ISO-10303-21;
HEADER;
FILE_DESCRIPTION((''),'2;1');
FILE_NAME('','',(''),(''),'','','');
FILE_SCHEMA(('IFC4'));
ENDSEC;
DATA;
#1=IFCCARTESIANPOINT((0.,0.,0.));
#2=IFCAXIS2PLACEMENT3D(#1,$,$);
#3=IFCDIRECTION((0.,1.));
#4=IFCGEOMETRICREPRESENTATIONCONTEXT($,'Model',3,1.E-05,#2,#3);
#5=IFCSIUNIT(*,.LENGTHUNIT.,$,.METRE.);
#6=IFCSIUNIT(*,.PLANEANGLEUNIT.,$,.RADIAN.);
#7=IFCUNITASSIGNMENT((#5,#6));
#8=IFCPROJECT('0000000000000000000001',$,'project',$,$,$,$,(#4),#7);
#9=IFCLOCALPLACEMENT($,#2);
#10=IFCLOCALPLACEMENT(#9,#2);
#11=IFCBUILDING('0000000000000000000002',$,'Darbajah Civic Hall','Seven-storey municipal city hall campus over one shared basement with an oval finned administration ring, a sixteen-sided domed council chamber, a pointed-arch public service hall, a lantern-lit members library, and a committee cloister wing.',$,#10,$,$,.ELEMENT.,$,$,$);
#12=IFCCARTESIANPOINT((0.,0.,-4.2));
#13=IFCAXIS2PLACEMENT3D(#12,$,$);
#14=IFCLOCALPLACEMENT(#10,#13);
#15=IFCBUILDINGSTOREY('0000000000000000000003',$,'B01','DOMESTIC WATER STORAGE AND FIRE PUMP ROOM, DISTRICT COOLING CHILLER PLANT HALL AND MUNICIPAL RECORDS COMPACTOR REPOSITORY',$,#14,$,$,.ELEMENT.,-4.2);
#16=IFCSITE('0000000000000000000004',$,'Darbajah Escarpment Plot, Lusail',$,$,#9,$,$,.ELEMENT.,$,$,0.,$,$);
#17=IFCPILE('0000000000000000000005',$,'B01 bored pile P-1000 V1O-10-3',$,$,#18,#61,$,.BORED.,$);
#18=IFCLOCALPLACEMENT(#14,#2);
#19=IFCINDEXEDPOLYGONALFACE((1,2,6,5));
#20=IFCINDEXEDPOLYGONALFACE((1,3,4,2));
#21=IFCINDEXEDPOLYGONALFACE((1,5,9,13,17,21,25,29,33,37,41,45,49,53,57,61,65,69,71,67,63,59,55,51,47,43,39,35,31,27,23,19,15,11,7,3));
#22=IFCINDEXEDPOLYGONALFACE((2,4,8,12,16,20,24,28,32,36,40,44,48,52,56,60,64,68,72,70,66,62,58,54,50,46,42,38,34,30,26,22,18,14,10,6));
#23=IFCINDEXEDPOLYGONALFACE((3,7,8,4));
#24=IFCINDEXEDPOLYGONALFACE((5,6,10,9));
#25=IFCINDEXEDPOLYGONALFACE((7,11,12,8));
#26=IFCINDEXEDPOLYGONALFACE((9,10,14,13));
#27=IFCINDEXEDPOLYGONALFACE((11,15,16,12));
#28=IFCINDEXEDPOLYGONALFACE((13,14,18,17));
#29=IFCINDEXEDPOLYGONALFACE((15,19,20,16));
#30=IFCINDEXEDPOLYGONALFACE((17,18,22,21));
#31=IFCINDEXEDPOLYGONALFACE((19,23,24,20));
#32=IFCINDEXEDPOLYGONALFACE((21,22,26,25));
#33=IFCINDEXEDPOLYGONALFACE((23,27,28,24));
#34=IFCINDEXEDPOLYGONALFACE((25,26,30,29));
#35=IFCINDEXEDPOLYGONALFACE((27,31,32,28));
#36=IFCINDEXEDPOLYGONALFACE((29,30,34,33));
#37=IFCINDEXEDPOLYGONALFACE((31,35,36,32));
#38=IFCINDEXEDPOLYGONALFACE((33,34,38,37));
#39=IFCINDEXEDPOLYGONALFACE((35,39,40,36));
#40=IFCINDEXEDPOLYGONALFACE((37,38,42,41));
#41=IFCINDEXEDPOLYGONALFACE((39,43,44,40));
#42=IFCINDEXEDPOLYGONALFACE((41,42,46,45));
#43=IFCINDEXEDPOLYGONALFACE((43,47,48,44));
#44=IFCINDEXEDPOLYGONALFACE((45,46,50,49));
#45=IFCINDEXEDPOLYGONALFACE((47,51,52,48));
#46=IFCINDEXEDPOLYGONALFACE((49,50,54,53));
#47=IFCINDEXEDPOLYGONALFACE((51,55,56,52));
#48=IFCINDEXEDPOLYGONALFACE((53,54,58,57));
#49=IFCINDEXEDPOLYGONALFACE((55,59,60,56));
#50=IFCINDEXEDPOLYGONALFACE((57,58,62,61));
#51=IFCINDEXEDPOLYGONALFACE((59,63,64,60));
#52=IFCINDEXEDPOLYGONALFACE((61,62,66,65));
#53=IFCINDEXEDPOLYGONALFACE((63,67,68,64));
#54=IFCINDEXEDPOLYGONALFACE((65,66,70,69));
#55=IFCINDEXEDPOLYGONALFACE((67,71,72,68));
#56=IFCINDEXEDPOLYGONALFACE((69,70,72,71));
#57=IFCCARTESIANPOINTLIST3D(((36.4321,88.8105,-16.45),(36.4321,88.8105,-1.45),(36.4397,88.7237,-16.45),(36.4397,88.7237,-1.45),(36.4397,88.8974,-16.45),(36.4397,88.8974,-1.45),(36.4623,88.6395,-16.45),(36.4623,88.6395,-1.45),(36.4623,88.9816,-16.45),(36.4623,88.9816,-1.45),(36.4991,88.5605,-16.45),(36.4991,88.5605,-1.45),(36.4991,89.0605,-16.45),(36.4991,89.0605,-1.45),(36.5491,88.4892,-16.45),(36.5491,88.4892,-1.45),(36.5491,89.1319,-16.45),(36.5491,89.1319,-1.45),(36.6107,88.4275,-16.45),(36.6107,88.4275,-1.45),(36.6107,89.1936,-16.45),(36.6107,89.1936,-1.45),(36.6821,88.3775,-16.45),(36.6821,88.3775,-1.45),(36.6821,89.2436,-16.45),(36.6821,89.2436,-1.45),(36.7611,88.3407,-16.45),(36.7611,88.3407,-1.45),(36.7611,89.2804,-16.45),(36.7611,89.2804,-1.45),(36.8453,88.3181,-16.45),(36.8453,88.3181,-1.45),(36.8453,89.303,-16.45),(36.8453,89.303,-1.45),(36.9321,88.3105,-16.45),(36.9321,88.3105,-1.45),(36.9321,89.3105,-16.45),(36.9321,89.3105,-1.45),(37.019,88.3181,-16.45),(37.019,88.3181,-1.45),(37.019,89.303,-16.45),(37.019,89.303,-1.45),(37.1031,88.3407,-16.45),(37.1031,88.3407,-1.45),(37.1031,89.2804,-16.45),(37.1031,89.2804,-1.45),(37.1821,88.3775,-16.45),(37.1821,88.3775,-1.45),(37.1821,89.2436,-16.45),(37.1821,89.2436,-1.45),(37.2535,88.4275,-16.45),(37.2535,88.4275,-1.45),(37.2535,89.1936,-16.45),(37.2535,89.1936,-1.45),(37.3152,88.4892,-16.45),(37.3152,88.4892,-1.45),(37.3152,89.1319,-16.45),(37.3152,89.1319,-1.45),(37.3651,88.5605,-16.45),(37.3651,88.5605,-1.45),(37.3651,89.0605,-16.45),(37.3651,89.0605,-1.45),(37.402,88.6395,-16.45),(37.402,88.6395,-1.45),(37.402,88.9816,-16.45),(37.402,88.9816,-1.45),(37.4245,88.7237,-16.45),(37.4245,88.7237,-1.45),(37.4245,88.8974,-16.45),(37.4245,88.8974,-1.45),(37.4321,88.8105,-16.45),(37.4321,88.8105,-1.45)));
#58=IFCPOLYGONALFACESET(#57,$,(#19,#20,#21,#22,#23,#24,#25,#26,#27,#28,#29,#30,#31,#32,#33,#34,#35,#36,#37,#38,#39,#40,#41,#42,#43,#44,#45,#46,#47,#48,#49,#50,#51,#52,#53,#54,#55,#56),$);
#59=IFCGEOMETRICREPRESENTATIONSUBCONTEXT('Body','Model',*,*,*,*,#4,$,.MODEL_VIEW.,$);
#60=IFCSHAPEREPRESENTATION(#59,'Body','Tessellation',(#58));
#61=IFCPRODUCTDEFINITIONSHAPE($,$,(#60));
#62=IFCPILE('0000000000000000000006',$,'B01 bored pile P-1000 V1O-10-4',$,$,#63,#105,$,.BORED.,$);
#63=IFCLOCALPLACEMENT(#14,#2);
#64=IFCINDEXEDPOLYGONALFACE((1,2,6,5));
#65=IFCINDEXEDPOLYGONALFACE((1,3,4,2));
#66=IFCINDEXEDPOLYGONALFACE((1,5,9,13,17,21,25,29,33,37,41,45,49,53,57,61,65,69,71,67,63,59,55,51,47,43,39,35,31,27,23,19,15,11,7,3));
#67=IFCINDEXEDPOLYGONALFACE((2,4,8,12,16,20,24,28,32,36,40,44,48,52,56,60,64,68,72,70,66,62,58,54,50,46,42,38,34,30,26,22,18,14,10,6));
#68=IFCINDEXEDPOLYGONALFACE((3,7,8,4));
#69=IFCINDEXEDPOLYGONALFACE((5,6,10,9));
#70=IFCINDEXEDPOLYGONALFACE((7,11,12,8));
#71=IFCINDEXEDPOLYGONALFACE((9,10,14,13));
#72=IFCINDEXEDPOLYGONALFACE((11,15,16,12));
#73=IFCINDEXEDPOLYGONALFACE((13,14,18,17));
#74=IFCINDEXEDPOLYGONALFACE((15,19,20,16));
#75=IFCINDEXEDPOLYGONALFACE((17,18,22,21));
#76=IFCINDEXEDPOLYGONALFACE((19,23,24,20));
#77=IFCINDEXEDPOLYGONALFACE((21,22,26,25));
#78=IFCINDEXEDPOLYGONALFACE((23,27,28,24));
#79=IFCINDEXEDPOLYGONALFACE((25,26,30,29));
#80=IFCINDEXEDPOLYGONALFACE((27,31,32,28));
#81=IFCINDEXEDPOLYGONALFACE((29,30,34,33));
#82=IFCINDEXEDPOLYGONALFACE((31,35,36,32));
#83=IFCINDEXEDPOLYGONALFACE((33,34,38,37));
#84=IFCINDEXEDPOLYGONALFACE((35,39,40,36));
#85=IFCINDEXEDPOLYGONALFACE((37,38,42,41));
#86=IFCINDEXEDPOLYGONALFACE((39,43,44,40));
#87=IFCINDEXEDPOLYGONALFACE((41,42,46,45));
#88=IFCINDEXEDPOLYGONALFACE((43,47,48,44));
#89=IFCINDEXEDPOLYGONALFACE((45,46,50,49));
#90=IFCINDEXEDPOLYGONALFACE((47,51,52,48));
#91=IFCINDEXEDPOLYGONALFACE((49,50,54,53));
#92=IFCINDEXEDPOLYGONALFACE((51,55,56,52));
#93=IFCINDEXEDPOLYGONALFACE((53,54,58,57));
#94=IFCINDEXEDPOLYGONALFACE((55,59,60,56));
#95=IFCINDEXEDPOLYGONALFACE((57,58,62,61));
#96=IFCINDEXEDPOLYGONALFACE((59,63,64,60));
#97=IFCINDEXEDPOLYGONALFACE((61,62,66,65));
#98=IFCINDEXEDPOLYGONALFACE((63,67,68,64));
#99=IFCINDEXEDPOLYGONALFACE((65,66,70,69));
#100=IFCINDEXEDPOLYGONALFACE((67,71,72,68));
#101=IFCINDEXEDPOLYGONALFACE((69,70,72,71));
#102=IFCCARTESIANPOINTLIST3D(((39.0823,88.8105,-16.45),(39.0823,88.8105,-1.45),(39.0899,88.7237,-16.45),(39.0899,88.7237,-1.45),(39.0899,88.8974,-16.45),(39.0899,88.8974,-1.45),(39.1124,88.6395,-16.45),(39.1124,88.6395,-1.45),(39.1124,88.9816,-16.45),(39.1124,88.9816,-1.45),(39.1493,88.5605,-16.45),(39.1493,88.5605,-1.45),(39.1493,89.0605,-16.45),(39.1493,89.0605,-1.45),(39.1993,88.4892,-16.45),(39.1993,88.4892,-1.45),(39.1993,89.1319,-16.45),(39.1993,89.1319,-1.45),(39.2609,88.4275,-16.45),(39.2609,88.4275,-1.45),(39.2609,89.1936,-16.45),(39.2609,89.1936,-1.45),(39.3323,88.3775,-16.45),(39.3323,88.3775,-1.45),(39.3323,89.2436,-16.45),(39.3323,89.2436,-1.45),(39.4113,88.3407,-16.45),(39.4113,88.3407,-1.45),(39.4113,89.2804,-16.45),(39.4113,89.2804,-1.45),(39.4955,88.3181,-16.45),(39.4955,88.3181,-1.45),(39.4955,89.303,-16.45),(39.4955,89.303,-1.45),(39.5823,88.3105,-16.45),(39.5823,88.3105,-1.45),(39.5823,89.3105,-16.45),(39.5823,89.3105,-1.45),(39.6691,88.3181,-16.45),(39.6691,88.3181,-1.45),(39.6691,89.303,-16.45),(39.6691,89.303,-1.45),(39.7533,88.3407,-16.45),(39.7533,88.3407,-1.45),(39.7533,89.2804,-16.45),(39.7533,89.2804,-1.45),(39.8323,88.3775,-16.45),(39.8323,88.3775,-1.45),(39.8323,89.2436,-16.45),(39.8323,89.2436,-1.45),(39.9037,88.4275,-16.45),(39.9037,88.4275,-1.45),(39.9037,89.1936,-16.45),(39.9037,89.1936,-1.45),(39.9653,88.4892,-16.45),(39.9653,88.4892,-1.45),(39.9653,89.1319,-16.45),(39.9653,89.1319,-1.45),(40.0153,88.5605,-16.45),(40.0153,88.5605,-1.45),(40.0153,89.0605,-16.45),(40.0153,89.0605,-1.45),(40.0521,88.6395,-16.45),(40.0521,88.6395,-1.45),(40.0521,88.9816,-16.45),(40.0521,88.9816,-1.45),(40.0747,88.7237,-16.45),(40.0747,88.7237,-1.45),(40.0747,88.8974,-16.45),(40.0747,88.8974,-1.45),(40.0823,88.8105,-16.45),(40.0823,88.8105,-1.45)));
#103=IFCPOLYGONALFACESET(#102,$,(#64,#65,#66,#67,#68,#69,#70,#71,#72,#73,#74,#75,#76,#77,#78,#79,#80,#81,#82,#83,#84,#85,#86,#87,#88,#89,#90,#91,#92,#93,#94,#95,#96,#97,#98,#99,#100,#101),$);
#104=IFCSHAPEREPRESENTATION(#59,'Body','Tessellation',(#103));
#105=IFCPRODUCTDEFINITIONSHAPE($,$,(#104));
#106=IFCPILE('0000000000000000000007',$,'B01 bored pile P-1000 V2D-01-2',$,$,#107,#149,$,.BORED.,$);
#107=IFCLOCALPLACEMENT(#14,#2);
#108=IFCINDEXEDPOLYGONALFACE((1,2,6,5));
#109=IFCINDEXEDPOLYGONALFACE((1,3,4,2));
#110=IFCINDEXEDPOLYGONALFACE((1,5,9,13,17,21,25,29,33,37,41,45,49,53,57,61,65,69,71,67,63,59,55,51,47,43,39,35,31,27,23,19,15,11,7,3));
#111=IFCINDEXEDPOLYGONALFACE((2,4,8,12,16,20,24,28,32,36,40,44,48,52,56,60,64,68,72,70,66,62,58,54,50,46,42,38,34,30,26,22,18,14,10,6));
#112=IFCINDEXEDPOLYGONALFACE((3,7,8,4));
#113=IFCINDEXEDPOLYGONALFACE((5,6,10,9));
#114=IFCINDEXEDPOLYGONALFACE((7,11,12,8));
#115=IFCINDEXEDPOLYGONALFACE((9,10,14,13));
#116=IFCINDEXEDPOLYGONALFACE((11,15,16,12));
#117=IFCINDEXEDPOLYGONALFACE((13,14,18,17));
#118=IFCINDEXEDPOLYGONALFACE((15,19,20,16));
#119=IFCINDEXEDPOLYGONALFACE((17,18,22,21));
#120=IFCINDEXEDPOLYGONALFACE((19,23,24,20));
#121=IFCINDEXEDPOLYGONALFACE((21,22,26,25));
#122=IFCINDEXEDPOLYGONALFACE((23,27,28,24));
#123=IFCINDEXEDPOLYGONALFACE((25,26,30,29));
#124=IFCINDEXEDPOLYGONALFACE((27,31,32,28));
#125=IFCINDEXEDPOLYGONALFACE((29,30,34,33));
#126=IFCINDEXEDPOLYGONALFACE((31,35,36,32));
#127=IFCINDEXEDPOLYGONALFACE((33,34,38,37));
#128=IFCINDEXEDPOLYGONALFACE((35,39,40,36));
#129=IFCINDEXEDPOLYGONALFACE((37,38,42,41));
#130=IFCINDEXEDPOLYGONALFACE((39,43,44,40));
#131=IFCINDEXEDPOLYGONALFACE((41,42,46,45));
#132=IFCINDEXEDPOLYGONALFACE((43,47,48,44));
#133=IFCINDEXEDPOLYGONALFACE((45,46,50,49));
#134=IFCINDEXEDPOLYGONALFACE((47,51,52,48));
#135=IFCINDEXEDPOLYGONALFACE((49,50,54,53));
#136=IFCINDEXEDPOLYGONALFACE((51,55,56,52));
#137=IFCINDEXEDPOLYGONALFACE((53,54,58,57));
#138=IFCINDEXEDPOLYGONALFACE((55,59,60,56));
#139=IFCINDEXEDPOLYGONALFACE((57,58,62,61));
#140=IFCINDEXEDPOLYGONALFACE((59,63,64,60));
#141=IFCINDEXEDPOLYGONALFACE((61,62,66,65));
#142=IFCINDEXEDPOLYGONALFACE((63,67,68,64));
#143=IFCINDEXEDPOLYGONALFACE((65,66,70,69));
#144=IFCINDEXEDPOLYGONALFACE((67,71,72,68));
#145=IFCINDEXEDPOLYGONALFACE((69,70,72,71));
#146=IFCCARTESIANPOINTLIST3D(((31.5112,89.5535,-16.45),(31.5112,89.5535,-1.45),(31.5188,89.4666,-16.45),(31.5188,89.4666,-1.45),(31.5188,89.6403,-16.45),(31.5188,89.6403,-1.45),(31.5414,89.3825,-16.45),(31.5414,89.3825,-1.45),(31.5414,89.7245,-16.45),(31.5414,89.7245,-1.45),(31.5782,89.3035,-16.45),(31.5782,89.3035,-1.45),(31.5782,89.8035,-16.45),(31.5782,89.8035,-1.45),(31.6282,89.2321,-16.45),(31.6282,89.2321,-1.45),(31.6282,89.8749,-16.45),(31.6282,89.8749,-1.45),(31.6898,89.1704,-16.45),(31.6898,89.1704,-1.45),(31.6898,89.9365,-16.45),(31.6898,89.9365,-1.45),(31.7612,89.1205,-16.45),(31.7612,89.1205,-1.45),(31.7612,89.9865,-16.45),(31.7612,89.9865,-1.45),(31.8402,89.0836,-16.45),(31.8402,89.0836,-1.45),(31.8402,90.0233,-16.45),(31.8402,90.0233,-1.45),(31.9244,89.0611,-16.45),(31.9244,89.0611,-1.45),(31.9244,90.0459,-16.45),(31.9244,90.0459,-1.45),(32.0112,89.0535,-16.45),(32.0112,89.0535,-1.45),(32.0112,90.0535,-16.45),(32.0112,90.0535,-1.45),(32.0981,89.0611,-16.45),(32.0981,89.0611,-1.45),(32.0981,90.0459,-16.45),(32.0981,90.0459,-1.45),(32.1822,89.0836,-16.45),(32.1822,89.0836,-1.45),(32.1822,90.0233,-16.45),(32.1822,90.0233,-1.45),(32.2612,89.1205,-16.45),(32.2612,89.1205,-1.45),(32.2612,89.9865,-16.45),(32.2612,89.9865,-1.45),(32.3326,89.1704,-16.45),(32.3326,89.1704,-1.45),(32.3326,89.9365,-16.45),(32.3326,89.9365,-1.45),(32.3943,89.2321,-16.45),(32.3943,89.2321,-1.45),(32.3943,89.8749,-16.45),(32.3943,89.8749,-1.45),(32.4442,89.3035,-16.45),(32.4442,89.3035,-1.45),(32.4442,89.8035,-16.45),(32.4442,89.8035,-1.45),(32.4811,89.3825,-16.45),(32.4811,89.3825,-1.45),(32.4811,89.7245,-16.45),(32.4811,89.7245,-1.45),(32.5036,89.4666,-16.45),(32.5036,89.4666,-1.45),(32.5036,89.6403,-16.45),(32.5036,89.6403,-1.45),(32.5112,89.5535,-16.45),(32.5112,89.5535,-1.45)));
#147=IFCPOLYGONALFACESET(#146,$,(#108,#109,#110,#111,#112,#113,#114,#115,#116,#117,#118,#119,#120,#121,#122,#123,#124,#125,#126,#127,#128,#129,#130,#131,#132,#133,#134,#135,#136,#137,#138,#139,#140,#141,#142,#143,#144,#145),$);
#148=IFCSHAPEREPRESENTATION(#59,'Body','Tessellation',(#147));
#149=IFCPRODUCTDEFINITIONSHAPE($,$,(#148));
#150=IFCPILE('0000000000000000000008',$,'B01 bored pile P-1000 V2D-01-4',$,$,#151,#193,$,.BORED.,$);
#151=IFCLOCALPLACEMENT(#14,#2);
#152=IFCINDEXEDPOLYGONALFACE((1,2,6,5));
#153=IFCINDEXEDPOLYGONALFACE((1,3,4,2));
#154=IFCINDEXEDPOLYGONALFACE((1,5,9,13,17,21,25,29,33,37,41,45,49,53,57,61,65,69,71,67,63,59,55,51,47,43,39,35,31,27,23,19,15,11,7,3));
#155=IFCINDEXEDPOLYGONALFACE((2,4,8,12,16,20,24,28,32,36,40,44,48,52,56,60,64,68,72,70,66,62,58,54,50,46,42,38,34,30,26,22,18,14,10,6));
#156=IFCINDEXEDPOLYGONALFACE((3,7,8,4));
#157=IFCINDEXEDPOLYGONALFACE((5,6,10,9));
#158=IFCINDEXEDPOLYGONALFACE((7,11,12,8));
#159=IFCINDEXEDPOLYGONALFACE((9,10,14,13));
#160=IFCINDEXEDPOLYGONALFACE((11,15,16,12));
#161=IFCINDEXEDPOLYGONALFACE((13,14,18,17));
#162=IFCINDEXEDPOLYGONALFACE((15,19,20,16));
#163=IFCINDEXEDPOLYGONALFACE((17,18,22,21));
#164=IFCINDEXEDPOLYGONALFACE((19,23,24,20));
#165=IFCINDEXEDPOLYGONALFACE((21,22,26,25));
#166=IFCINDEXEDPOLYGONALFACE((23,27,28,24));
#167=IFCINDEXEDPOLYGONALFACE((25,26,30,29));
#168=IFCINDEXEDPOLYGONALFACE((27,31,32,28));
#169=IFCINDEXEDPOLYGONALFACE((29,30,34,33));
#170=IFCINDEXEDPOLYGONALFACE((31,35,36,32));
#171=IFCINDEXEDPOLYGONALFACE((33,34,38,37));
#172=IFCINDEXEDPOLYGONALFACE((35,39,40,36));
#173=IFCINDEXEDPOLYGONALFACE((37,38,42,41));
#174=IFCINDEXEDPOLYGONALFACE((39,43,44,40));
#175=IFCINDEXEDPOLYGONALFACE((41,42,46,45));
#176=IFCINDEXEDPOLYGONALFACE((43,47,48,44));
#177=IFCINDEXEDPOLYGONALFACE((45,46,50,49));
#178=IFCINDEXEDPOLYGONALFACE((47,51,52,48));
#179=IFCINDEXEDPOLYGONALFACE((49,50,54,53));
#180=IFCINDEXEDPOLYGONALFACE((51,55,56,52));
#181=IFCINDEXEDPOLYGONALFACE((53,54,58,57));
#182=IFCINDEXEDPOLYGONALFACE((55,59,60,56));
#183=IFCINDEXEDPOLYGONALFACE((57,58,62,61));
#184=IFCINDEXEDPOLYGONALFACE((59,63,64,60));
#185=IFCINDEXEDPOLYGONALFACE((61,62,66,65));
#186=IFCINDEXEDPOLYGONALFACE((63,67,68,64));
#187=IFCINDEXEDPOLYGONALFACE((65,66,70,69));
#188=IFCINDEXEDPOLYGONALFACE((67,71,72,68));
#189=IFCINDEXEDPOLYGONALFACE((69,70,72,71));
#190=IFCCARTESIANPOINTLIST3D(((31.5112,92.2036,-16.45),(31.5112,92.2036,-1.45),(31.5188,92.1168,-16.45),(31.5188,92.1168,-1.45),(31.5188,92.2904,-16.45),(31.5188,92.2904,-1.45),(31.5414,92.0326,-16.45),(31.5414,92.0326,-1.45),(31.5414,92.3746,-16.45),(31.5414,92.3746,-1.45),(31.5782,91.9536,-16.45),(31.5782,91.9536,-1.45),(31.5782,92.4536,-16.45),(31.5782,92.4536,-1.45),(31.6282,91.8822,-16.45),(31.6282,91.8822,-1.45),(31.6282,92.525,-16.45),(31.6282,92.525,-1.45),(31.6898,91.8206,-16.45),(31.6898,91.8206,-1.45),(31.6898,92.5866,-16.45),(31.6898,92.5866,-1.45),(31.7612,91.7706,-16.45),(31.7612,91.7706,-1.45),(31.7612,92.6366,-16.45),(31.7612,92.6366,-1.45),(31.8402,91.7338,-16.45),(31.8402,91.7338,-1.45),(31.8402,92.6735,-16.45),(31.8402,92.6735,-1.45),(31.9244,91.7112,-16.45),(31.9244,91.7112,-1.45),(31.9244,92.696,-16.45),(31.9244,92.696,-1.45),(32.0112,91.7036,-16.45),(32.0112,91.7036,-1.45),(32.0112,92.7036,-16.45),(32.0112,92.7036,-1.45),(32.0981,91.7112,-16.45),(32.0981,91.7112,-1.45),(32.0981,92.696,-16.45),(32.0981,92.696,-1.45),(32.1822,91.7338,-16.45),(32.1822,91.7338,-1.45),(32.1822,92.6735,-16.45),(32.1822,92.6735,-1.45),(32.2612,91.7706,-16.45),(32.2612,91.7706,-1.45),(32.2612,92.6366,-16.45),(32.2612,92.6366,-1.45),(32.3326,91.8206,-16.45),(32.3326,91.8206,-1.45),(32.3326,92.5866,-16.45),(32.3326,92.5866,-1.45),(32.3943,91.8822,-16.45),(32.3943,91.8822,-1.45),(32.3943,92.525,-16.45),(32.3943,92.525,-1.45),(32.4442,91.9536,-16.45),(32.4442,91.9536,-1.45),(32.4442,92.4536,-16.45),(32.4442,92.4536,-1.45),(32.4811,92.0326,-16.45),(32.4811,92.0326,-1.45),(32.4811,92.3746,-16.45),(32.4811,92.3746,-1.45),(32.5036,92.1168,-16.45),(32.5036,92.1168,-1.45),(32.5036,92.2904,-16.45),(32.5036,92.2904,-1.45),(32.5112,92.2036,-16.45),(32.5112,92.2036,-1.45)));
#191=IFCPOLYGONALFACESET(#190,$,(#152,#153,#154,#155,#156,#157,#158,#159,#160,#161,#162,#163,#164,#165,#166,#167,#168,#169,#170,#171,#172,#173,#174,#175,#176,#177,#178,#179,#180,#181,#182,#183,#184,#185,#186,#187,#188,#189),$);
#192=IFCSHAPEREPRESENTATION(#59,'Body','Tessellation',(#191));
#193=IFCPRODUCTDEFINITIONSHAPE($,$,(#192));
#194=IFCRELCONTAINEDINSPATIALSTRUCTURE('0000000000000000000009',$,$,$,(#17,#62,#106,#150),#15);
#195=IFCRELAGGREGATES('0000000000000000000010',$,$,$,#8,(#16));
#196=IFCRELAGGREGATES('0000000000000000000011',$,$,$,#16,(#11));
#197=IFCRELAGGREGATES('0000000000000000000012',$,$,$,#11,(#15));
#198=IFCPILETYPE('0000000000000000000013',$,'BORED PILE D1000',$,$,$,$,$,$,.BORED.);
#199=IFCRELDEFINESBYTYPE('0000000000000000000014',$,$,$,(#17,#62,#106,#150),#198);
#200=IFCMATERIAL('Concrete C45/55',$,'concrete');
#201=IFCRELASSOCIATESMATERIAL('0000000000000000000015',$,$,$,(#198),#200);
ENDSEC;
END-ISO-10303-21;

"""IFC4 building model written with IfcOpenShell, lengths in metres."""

from ifc_helpers import new_model, si_unit, direction, frame, origin, origin_2d, place, context, subcontext, project, spatial, circle, extrude, material, material_profile, profile_set, type_object, element, save


model = new_model("IFC4")

# Units and contexts
model_context = context("Model", 3, precision=1e-05, world=origin(), true_north=direction((0.0, 1.0)))
body_context = subcontext(model_context, "Body", "Model", "MODEL_VIEW")
ifc_project = project(units=[si_unit("LENGTHUNIT", "METRE"), si_unit("PLANEANGLEUNIT", "RADIAN")], contexts=[model_context])

# Site, building, storey
site_placement = place(None, origin())
site = spatial("IfcSite", under=ifc_project, at=site_placement, Name="Darbajah Escarpment Plot, Lusail", CompositionType="ELEMENT", RefElevation=0.0)
building_placement = place(site_placement, origin())
building = spatial("IfcBuilding", under=site, at=building_placement, Name="Darbajah Civic Hall", Description="Seven-storey municipal city hall campus over one shared basement with an oval finned administration ring, a sixteen-sided domed council chamber, a pointed-arch public service hall, a lantern-lit members library, and a committee cloister wing.", CompositionType="ELEMENT")
storey_placement = place(building_placement, frame((0.0, 0.0, -4.2)))
storey = spatial("IfcBuildingStorey", under=building, at=storey_placement, Name="B01", Description="DOMESTIC WATER STORAGE AND FIRE PUMP ROOM, DISTRICT COOLING CHILLER PLANT HALL AND MUNICIPAL RECORDS COMPACTOR REPOSITORY", CompositionType="ELEMENT", Elevation=-4.2)

# Piles
ifc_material_1 = material(Name="Concrete C45/55", Category="concrete")
ifc_material_profile_1 = material_profile(ifc_material_1, circle(Radius=0.5, at=origin_2d()), Name="BORED PILE D1000")
ifc_profile_set_1 = profile_set([ifc_material_profile_1], Name="Concrete C45/55")
pile_type_1 = type_object("IfcPileType", Name="BORED PILE D1000", PredefinedType="BORED", material=ifc_profile_set_1)
for number, where, z_axis, x_axis, name in (
    (1, (36.9321, 88.8105, -1.45), (0.0, 0.0, -1.0), (1.0, 0.0, 0.0), "B01 bored pile P-1000 V1O-10-3"),
    (2, (39.5823, 88.8105, -1.45), (0.0, 0.0, -1.0), (1.0, 0.0, 0.0), "B01 bored pile P-1000 V1O-10-4"),
    (3, (32.0112, 89.5535, -1.45), (0.0, 0.0, -1.0), (1.0, 0.0, 0.0), "B01 bored pile P-1000 V2D-01-2"),
    (4, (32.0112, 92.2036, -1.45), (0.0, 0.0, -1.0), (1.0, 0.0, 0.0), "B01 bored pile P-1000 V2D-01-4"),
):
    element("IfcPile", number, at=place(storey_placement, frame(where, z_axis=z_axis, x_axis=x_axis)), inside=storey, type_object=pile_type_1, Name=name, PredefinedType="BORED", context=body_context, shape_type="SweptSolid", body=[
        extrude(circle(Radius=0.5, at=origin_2d()), origin(), (0.0, 0.0, 1.0), 15.0),
    ])

save(model, "model.ifc")
